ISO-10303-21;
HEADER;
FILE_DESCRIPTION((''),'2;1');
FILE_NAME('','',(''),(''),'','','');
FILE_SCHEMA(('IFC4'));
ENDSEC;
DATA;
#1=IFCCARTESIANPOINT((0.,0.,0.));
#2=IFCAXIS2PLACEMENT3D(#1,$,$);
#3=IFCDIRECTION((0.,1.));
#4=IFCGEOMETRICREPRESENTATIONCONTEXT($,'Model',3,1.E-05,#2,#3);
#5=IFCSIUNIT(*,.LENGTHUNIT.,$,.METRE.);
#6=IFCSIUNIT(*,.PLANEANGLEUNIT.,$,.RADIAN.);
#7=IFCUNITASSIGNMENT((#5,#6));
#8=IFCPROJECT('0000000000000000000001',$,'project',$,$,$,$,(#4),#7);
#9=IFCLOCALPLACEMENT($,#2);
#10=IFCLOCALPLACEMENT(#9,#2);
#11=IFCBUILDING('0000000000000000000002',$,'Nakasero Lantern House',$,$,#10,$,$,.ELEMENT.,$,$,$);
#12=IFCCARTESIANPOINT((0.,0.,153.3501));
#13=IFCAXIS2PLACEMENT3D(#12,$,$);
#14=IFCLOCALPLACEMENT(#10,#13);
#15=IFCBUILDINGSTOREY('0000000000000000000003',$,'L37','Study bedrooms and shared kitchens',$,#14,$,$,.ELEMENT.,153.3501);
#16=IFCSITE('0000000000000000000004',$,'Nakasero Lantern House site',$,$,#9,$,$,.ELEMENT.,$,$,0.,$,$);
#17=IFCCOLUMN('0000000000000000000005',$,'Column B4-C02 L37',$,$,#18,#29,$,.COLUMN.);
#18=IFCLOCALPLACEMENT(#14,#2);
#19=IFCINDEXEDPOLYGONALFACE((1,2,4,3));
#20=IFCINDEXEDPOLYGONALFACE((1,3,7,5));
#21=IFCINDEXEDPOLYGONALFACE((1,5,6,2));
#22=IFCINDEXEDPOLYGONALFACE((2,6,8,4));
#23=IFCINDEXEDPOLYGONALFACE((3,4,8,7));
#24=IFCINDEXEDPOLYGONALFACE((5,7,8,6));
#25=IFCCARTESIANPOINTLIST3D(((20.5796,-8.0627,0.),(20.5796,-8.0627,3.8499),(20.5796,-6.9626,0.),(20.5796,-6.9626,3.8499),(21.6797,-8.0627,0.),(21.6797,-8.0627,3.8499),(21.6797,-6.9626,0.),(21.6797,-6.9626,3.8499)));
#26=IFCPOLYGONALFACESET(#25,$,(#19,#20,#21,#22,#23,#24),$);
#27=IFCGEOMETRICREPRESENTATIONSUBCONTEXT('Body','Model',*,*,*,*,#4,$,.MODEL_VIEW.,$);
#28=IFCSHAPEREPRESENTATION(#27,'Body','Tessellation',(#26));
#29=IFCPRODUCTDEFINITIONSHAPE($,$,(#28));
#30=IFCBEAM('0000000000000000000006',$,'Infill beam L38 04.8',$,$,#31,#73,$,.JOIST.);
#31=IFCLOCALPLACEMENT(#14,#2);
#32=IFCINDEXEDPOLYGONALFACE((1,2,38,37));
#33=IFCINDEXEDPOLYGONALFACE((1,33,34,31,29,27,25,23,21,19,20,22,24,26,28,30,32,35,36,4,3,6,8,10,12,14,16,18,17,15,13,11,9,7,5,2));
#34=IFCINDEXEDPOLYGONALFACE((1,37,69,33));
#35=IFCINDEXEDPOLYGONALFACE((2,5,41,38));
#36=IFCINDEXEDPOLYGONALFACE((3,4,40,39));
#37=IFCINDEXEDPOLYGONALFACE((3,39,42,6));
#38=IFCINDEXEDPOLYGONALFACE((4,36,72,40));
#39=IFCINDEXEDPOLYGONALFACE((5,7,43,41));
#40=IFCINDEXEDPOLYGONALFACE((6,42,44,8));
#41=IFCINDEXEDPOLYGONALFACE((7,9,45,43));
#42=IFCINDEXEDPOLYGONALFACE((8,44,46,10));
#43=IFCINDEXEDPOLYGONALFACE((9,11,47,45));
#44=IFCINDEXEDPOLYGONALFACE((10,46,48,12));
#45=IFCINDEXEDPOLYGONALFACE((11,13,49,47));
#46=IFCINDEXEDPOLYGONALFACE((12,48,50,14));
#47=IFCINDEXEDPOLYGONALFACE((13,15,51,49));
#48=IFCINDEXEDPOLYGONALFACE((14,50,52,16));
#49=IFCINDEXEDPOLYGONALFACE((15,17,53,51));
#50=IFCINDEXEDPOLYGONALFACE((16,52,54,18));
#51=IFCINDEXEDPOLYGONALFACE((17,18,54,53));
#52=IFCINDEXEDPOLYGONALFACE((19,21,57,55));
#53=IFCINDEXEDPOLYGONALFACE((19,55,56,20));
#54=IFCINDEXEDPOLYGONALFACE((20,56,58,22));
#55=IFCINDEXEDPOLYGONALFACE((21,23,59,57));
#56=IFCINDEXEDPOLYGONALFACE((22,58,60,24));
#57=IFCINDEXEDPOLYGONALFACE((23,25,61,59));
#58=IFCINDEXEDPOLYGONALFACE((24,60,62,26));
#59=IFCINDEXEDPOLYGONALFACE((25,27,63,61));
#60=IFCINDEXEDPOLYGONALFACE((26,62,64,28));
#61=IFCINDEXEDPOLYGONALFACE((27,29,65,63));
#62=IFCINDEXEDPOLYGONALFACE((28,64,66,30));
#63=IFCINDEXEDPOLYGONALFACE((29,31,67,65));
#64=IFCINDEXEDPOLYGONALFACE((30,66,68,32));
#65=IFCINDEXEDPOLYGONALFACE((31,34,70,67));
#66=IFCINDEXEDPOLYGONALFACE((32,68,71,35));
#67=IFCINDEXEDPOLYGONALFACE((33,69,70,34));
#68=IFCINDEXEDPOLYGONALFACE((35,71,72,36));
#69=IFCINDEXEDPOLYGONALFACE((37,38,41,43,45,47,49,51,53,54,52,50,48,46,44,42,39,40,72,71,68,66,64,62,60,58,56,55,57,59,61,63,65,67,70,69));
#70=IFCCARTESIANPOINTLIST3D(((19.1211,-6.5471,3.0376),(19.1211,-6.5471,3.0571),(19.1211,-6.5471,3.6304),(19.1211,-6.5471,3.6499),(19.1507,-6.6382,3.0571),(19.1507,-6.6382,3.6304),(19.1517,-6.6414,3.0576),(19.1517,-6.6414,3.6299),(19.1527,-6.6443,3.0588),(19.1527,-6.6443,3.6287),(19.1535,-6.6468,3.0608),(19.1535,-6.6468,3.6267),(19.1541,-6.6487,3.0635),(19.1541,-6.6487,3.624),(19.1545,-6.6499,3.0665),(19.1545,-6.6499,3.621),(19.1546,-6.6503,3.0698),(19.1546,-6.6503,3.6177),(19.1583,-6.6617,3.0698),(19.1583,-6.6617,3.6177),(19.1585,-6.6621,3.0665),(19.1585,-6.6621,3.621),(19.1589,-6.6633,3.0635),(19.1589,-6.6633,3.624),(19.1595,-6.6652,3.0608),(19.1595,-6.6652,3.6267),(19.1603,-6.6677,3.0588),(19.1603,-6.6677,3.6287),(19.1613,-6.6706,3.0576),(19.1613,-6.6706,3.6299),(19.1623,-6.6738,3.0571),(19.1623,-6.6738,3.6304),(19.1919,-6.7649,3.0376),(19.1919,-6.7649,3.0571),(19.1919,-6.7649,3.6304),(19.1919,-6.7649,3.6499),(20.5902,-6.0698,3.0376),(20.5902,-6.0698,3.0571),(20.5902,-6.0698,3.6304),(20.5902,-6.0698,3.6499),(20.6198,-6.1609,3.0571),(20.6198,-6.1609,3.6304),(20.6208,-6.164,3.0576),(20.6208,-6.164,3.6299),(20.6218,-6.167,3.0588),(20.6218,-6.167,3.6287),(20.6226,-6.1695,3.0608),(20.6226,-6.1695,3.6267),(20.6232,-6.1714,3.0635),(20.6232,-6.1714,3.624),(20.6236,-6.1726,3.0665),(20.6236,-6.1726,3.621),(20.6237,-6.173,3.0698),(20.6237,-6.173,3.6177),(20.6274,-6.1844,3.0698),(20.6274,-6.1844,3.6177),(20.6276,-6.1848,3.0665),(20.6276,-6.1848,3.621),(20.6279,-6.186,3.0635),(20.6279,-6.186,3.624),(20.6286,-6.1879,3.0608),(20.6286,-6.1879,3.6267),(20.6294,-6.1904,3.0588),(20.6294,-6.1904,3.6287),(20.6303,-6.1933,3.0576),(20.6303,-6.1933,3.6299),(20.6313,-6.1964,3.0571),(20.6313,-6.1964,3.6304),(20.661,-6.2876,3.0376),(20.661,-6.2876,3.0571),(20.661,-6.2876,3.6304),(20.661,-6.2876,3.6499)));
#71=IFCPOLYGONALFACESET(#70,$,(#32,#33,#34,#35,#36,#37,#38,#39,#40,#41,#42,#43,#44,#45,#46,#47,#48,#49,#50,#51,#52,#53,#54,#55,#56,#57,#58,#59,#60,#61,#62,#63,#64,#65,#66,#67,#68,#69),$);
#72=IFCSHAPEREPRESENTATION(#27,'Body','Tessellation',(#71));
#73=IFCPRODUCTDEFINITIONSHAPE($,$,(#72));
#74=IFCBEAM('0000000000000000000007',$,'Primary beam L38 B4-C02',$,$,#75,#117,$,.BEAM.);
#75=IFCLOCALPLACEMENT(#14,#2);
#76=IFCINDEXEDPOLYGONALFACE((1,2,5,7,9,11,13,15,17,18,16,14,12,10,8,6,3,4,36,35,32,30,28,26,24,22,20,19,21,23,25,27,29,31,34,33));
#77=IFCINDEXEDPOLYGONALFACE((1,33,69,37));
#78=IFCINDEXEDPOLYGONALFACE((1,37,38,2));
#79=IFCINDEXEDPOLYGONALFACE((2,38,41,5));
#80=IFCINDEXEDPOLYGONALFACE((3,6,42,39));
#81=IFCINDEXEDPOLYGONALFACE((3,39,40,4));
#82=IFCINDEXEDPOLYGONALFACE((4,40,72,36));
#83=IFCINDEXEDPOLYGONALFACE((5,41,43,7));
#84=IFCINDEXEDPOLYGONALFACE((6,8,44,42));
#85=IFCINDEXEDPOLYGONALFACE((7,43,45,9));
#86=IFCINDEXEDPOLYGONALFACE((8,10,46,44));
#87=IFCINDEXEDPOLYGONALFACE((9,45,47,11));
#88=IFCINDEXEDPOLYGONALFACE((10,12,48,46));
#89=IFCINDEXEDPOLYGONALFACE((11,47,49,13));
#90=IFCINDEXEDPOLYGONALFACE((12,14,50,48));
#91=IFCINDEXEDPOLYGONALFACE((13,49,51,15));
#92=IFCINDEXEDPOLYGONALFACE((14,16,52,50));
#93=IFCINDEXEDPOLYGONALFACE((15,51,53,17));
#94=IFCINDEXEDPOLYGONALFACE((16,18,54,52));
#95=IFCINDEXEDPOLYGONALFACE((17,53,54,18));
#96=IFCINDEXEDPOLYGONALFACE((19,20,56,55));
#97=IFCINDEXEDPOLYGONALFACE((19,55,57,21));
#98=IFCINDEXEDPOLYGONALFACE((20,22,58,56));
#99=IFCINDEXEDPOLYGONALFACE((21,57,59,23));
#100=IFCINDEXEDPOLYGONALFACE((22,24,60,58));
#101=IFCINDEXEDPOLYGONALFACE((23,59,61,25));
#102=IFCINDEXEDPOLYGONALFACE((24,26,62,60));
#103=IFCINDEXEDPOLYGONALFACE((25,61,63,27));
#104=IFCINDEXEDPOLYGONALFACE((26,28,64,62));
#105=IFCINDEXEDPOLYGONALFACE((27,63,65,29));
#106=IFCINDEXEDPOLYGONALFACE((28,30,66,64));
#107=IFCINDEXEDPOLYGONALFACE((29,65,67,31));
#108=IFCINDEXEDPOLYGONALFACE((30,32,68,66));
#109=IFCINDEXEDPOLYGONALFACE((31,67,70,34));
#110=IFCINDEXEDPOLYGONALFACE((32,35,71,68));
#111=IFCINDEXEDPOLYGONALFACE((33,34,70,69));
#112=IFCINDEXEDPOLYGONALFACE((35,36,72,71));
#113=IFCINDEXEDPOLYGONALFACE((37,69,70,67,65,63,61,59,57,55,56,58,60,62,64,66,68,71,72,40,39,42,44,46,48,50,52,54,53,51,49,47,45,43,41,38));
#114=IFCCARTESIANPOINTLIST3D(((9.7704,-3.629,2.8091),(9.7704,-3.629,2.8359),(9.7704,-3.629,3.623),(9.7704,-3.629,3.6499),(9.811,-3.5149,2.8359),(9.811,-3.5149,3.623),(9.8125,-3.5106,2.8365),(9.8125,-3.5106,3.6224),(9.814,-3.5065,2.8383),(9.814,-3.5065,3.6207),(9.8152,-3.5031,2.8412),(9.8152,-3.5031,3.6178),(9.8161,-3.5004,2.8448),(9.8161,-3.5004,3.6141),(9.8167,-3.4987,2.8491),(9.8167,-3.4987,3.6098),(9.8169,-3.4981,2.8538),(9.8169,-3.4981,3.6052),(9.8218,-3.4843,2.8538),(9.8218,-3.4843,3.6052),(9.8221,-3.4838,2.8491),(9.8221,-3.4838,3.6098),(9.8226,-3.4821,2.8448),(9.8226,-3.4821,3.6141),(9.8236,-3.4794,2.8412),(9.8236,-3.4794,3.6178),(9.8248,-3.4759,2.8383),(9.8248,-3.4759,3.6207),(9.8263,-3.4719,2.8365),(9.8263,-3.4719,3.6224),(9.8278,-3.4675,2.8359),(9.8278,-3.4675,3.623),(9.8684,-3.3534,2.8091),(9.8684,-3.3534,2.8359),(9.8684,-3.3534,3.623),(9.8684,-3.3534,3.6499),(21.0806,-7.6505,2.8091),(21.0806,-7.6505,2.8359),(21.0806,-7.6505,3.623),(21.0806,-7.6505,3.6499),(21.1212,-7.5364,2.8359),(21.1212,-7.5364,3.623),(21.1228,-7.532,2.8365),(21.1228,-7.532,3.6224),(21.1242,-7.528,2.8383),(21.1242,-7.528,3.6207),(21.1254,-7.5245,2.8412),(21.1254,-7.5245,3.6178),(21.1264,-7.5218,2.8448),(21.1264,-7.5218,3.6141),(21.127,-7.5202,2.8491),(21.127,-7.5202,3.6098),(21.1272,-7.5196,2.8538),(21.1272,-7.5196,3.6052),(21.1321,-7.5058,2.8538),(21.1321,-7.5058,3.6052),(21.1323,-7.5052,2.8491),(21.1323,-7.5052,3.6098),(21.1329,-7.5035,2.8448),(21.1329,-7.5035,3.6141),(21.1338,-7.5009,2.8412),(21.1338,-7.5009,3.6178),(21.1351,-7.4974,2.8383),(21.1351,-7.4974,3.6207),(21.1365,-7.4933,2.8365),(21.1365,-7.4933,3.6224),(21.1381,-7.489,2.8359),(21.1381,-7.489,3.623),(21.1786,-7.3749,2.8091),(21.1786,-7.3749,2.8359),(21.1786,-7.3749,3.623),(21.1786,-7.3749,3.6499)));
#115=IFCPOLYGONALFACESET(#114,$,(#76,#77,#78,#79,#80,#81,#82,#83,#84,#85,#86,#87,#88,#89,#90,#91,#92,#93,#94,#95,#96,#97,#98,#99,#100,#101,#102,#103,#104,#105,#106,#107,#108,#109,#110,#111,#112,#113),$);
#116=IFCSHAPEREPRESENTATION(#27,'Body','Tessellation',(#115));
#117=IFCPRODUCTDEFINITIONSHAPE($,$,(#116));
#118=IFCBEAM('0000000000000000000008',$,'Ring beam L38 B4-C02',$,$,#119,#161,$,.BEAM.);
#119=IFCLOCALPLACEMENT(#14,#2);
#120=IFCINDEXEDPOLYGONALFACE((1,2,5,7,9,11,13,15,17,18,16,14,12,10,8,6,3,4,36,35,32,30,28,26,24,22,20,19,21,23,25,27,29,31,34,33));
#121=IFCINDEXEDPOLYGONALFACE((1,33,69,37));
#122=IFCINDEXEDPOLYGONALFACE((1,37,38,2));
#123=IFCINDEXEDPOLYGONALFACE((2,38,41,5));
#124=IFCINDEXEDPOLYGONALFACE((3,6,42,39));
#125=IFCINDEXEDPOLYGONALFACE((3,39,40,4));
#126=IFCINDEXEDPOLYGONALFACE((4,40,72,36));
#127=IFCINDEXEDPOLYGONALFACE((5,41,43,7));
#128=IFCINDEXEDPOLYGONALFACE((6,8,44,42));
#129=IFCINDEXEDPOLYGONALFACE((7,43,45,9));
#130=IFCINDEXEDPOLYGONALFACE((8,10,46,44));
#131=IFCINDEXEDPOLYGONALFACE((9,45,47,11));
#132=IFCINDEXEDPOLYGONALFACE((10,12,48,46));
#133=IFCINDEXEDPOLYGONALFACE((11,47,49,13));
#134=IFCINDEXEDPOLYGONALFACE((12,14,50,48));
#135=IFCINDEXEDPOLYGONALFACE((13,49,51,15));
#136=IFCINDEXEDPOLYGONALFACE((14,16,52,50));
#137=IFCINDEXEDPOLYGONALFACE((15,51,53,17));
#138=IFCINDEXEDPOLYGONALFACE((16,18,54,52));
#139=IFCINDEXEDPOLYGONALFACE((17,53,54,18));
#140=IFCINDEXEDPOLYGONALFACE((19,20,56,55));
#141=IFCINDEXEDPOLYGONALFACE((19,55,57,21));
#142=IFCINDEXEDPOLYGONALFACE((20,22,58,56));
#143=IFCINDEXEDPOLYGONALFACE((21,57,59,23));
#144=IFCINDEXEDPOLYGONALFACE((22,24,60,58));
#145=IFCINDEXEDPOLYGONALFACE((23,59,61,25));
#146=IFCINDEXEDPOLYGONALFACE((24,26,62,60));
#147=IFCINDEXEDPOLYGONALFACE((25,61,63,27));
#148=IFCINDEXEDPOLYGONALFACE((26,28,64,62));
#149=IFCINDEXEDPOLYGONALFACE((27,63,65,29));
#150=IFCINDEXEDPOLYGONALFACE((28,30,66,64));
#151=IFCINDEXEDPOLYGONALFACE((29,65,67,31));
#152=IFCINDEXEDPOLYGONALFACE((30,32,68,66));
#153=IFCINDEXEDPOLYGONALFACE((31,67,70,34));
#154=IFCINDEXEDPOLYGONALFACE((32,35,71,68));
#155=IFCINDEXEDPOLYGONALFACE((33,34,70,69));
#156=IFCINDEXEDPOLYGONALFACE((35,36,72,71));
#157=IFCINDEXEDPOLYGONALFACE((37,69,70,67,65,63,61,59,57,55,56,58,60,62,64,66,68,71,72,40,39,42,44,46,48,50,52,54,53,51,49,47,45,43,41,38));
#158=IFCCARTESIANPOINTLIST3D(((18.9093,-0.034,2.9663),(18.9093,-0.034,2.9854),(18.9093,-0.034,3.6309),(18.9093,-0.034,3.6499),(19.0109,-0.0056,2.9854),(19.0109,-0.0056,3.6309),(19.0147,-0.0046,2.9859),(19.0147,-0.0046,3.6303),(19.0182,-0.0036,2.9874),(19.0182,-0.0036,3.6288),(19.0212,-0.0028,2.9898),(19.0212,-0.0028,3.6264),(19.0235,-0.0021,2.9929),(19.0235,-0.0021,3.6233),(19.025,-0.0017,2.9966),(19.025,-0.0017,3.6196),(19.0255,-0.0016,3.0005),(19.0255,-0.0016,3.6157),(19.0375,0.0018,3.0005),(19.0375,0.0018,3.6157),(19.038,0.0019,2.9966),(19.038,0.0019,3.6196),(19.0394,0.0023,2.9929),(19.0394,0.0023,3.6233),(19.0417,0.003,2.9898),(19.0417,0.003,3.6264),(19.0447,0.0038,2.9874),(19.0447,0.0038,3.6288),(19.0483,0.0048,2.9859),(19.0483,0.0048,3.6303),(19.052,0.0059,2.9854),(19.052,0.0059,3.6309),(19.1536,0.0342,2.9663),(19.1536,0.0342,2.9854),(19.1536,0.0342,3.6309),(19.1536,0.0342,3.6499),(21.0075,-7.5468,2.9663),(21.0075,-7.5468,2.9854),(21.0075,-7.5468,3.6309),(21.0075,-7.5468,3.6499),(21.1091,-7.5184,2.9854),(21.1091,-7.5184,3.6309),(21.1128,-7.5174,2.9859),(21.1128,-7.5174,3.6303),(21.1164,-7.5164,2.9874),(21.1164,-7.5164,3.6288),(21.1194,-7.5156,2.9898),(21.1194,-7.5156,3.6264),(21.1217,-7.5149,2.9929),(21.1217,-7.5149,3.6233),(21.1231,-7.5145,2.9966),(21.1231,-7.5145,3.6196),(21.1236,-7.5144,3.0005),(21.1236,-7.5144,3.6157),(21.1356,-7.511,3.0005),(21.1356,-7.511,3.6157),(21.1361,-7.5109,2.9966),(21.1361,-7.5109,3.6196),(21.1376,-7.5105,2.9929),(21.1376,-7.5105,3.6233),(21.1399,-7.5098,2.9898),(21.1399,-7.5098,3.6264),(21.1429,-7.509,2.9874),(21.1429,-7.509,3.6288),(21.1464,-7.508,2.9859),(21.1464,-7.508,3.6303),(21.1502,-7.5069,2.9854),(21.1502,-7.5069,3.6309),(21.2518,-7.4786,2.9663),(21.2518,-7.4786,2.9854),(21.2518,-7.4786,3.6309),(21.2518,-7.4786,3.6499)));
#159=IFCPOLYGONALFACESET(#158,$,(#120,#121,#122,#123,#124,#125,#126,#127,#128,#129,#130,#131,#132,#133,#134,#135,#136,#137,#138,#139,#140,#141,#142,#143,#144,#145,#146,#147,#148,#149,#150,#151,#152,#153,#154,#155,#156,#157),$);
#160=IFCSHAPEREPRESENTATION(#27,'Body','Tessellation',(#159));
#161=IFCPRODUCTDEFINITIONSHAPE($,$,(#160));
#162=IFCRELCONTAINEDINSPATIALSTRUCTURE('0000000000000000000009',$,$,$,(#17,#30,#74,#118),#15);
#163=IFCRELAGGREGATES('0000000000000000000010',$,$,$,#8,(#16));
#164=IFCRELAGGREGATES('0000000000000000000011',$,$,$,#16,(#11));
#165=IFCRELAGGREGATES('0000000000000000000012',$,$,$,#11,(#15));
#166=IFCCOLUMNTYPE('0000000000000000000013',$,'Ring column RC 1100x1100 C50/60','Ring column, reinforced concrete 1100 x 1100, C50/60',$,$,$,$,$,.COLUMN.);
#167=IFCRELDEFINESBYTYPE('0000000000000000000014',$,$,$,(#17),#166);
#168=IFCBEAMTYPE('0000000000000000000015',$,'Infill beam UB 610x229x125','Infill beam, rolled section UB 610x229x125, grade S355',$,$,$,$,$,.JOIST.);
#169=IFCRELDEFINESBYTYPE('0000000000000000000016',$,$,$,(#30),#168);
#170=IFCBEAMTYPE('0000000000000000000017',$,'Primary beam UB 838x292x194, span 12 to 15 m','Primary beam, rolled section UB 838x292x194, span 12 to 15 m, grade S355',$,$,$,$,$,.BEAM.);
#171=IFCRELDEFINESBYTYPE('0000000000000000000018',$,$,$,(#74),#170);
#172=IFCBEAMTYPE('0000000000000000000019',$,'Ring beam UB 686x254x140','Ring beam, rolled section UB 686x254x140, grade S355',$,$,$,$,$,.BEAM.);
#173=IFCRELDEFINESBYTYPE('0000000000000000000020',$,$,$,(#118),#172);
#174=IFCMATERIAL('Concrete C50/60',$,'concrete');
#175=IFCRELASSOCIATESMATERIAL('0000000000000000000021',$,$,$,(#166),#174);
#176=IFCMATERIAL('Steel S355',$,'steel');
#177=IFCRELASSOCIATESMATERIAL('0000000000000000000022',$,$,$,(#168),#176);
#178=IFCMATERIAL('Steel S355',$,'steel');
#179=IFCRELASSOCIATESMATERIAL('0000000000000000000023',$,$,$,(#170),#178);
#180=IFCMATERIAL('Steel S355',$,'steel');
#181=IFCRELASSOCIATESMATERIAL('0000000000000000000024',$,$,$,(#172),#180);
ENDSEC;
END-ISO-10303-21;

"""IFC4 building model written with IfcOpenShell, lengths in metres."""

from ifc_helpers import new_model, si_unit, direction, frame, origin, origin_2d, place, context, subcontext, project, spatial, rectangle, i_section, extrude, material, material_profile, profile_set, type_object, element, save


model = new_model("IFC4")

# Units and contexts
model_context = context("Model", 3, precision=1e-05, world=origin(), true_north=direction((0.0, 1.0)))
body_context = subcontext(model_context, "Body", "Model", "MODEL_VIEW")
ifc_project = project(units=[si_unit("LENGTHUNIT", "METRE"), si_unit("PLANEANGLEUNIT", "RADIAN")], contexts=[model_context])

# Site, building, storey
site_placement = place(None, origin())
site = spatial("IfcSite", under=ifc_project, at=site_placement, Name="Nakasero Lantern House site", CompositionType="ELEMENT", RefElevation=0.0)
building_placement = place(site_placement, origin())
building = spatial("IfcBuilding", under=site, at=building_placement, Name="Nakasero Lantern House", CompositionType="ELEMENT")
storey_placement = place(building_placement, frame((0.0, 0.0, 153.3501)))
storey = spatial("IfcBuildingStorey", under=building, at=storey_placement, Name="L37", Description="Study bedrooms and shared kitchens", CompositionType="ELEMENT", Elevation=153.3501)

# Column
ifc_material_1 = material(Name="Concrete C50/60", Category="concrete")
ifc_material_profile_1 = material_profile(ifc_material_1, rectangle(XDim=1.1001, YDim=1.1001, at=origin_2d()), Name="RC 1100x1100")
ifc_profile_set_1 = profile_set([ifc_material_profile_1], Name="Concrete C50/60")
column_type = type_object("IfcColumnType", Name="Ring column RC 1100x1100 C50/60", Description="Ring column, reinforced concrete 1100 x 1100, C50/60", PredefinedType="COLUMN", material=ifc_profile_set_1)
column_placement = place(storey_placement, frame((21.1296, -7.5127, 0.0), z_axis=(0.0, 0.0, 1.0), x_axis=(1.0, 0.0, 0.0)))
element("IfcColumn", 1, at=column_placement, inside=storey, type_object=column_type, Name="Column B4-C02 L37", PredefinedType="COLUMN", context=body_context, shape_type="SweptSolid", body=[
    extrude(rectangle(XDim=1.1001, YDim=1.1001, at=origin_2d()), origin(), (0.0, 0.0, 1.0), 3.8499),
])

# Beams
ifc_material_2 = material(Name="Steel S355", Category="steel")
ifc_material_profile_2 = material_profile(ifc_material_2, i_section(OverallWidth=0.229, OverallDepth=0.6123, WebThickness=0.012, FlangeThickness=0.0195, FilletRadius=0.0127, at=origin_2d()), Name="UB 610x229x125")
ifc_profile_set_2 = profile_set([ifc_material_profile_2], Name="Steel S355")
beam_type_1 = type_object("IfcBeamType", Name="Infill beam UB 610x229x125", Description="Infill beam, rolled section UB 610x229x125, grade S355", PredefinedType="JOIST", material=ifc_profile_set_2)
beam_1_placement = place(storey_placement, frame((19.1565, -6.656, 3.3438), z_axis=(0.951058, 0.309011, 0.0), x_axis=(-0.309011, 0.951058, 0.0)))
element("IfcBeam", 2, at=beam_1_placement, inside=storey, type_object=beam_type_1, Name="Infill beam L38 04.8", PredefinedType="JOIST", context=body_context, shape_type="SweptSolid", body=[
    extrude(i_section(OverallWidth=0.229, OverallDepth=0.6123, WebThickness=0.012, FlangeThickness=0.0195, FilletRadius=0.0127, at=origin_2d()), origin(), (0.0, 0.0, 1.0), 1.5447),
])
ifc_material_3 = material(Name="Steel S355", Category="steel")
ifc_material_profile_3 = material_profile(ifc_material_3, i_section(OverallWidth=0.2925, OverallDepth=0.8408, WebThickness=0.0146, FlangeThickness=0.0269, FilletRadius=0.0178, at=origin_2d()), Name="UB 838x292x194")
ifc_profile_set_3 = profile_set([ifc_material_profile_3], Name="Steel S355")
beam_type_2 = type_object("IfcBeamType", Name="Primary beam UB 838x292x194, span 12 to 15 m", Description="Primary beam, rolled section UB 838x292x194, span 12 to 15 m, grade S355", PredefinedType="BEAM", material=ifc_profile_set_3)
beam_2_placement = place(storey_placement, frame((21.1296, -7.5127, 3.2295), z_axis=(-0.942214, 0.335013, 0.0), x_axis=(-0.335013, -0.942214, 0.0)))
element("IfcBeam", 3, at=beam_2_placement, inside=storey, type_object=beam_type_2, Name="Primary beam L38 B4-C02", PredefinedType="BEAM", context=body_context, shape_type="SweptSolid", body=[
    extrude(i_section(OverallWidth=0.2925, OverallDepth=0.8408, WebThickness=0.0146, FlangeThickness=0.0269, FilletRadius=0.0178, at=origin_2d()), origin(), (0.0, 0.0, 1.0), 12.0039),
])
ifc_material_4 = material(Name="Steel S355", Category="steel")
ifc_material_profile_4 = material_profile(ifc_material_4, i_section(OverallWidth=0.2537, OverallDepth=0.6836, WebThickness=0.0125, FlangeThickness=0.019, FilletRadius=0.0151, at=origin_2d()), Name="UB 686x254x140")
ifc_profile_set_4 = profile_set([ifc_material_profile_4], Name="Steel S355")
beam_type_3 = type_object("IfcBeamType", Name="Ring beam UB 686x254x140", Description="Ring beam, rolled section UB 686x254x140, grade S355", PredefinedType="BEAM", material=ifc_profile_set_4)
beam_3_placement = place(storey_placement, frame((21.1296, -7.5127, 3.3081), z_axis=(-0.268987, 0.963144, 0.0), x_axis=(-0.963144, -0.268987, 0.0)))
element("IfcBeam", 4, at=beam_3_placement, inside=storey, type_object=beam_type_3, Name="Ring beam L38 B4-C02", PredefinedType="BEAM", context=body_context, shape_type="SweptSolid", body=[
    extrude(i_section(OverallWidth=0.2537, OverallDepth=0.6836, WebThickness=0.0125, FlangeThickness=0.019, FilletRadius=0.0151, at=origin_2d()), origin(), (0.0, 0.0, 1.0), 7.8003),
])

save(model, "model.ifc")
